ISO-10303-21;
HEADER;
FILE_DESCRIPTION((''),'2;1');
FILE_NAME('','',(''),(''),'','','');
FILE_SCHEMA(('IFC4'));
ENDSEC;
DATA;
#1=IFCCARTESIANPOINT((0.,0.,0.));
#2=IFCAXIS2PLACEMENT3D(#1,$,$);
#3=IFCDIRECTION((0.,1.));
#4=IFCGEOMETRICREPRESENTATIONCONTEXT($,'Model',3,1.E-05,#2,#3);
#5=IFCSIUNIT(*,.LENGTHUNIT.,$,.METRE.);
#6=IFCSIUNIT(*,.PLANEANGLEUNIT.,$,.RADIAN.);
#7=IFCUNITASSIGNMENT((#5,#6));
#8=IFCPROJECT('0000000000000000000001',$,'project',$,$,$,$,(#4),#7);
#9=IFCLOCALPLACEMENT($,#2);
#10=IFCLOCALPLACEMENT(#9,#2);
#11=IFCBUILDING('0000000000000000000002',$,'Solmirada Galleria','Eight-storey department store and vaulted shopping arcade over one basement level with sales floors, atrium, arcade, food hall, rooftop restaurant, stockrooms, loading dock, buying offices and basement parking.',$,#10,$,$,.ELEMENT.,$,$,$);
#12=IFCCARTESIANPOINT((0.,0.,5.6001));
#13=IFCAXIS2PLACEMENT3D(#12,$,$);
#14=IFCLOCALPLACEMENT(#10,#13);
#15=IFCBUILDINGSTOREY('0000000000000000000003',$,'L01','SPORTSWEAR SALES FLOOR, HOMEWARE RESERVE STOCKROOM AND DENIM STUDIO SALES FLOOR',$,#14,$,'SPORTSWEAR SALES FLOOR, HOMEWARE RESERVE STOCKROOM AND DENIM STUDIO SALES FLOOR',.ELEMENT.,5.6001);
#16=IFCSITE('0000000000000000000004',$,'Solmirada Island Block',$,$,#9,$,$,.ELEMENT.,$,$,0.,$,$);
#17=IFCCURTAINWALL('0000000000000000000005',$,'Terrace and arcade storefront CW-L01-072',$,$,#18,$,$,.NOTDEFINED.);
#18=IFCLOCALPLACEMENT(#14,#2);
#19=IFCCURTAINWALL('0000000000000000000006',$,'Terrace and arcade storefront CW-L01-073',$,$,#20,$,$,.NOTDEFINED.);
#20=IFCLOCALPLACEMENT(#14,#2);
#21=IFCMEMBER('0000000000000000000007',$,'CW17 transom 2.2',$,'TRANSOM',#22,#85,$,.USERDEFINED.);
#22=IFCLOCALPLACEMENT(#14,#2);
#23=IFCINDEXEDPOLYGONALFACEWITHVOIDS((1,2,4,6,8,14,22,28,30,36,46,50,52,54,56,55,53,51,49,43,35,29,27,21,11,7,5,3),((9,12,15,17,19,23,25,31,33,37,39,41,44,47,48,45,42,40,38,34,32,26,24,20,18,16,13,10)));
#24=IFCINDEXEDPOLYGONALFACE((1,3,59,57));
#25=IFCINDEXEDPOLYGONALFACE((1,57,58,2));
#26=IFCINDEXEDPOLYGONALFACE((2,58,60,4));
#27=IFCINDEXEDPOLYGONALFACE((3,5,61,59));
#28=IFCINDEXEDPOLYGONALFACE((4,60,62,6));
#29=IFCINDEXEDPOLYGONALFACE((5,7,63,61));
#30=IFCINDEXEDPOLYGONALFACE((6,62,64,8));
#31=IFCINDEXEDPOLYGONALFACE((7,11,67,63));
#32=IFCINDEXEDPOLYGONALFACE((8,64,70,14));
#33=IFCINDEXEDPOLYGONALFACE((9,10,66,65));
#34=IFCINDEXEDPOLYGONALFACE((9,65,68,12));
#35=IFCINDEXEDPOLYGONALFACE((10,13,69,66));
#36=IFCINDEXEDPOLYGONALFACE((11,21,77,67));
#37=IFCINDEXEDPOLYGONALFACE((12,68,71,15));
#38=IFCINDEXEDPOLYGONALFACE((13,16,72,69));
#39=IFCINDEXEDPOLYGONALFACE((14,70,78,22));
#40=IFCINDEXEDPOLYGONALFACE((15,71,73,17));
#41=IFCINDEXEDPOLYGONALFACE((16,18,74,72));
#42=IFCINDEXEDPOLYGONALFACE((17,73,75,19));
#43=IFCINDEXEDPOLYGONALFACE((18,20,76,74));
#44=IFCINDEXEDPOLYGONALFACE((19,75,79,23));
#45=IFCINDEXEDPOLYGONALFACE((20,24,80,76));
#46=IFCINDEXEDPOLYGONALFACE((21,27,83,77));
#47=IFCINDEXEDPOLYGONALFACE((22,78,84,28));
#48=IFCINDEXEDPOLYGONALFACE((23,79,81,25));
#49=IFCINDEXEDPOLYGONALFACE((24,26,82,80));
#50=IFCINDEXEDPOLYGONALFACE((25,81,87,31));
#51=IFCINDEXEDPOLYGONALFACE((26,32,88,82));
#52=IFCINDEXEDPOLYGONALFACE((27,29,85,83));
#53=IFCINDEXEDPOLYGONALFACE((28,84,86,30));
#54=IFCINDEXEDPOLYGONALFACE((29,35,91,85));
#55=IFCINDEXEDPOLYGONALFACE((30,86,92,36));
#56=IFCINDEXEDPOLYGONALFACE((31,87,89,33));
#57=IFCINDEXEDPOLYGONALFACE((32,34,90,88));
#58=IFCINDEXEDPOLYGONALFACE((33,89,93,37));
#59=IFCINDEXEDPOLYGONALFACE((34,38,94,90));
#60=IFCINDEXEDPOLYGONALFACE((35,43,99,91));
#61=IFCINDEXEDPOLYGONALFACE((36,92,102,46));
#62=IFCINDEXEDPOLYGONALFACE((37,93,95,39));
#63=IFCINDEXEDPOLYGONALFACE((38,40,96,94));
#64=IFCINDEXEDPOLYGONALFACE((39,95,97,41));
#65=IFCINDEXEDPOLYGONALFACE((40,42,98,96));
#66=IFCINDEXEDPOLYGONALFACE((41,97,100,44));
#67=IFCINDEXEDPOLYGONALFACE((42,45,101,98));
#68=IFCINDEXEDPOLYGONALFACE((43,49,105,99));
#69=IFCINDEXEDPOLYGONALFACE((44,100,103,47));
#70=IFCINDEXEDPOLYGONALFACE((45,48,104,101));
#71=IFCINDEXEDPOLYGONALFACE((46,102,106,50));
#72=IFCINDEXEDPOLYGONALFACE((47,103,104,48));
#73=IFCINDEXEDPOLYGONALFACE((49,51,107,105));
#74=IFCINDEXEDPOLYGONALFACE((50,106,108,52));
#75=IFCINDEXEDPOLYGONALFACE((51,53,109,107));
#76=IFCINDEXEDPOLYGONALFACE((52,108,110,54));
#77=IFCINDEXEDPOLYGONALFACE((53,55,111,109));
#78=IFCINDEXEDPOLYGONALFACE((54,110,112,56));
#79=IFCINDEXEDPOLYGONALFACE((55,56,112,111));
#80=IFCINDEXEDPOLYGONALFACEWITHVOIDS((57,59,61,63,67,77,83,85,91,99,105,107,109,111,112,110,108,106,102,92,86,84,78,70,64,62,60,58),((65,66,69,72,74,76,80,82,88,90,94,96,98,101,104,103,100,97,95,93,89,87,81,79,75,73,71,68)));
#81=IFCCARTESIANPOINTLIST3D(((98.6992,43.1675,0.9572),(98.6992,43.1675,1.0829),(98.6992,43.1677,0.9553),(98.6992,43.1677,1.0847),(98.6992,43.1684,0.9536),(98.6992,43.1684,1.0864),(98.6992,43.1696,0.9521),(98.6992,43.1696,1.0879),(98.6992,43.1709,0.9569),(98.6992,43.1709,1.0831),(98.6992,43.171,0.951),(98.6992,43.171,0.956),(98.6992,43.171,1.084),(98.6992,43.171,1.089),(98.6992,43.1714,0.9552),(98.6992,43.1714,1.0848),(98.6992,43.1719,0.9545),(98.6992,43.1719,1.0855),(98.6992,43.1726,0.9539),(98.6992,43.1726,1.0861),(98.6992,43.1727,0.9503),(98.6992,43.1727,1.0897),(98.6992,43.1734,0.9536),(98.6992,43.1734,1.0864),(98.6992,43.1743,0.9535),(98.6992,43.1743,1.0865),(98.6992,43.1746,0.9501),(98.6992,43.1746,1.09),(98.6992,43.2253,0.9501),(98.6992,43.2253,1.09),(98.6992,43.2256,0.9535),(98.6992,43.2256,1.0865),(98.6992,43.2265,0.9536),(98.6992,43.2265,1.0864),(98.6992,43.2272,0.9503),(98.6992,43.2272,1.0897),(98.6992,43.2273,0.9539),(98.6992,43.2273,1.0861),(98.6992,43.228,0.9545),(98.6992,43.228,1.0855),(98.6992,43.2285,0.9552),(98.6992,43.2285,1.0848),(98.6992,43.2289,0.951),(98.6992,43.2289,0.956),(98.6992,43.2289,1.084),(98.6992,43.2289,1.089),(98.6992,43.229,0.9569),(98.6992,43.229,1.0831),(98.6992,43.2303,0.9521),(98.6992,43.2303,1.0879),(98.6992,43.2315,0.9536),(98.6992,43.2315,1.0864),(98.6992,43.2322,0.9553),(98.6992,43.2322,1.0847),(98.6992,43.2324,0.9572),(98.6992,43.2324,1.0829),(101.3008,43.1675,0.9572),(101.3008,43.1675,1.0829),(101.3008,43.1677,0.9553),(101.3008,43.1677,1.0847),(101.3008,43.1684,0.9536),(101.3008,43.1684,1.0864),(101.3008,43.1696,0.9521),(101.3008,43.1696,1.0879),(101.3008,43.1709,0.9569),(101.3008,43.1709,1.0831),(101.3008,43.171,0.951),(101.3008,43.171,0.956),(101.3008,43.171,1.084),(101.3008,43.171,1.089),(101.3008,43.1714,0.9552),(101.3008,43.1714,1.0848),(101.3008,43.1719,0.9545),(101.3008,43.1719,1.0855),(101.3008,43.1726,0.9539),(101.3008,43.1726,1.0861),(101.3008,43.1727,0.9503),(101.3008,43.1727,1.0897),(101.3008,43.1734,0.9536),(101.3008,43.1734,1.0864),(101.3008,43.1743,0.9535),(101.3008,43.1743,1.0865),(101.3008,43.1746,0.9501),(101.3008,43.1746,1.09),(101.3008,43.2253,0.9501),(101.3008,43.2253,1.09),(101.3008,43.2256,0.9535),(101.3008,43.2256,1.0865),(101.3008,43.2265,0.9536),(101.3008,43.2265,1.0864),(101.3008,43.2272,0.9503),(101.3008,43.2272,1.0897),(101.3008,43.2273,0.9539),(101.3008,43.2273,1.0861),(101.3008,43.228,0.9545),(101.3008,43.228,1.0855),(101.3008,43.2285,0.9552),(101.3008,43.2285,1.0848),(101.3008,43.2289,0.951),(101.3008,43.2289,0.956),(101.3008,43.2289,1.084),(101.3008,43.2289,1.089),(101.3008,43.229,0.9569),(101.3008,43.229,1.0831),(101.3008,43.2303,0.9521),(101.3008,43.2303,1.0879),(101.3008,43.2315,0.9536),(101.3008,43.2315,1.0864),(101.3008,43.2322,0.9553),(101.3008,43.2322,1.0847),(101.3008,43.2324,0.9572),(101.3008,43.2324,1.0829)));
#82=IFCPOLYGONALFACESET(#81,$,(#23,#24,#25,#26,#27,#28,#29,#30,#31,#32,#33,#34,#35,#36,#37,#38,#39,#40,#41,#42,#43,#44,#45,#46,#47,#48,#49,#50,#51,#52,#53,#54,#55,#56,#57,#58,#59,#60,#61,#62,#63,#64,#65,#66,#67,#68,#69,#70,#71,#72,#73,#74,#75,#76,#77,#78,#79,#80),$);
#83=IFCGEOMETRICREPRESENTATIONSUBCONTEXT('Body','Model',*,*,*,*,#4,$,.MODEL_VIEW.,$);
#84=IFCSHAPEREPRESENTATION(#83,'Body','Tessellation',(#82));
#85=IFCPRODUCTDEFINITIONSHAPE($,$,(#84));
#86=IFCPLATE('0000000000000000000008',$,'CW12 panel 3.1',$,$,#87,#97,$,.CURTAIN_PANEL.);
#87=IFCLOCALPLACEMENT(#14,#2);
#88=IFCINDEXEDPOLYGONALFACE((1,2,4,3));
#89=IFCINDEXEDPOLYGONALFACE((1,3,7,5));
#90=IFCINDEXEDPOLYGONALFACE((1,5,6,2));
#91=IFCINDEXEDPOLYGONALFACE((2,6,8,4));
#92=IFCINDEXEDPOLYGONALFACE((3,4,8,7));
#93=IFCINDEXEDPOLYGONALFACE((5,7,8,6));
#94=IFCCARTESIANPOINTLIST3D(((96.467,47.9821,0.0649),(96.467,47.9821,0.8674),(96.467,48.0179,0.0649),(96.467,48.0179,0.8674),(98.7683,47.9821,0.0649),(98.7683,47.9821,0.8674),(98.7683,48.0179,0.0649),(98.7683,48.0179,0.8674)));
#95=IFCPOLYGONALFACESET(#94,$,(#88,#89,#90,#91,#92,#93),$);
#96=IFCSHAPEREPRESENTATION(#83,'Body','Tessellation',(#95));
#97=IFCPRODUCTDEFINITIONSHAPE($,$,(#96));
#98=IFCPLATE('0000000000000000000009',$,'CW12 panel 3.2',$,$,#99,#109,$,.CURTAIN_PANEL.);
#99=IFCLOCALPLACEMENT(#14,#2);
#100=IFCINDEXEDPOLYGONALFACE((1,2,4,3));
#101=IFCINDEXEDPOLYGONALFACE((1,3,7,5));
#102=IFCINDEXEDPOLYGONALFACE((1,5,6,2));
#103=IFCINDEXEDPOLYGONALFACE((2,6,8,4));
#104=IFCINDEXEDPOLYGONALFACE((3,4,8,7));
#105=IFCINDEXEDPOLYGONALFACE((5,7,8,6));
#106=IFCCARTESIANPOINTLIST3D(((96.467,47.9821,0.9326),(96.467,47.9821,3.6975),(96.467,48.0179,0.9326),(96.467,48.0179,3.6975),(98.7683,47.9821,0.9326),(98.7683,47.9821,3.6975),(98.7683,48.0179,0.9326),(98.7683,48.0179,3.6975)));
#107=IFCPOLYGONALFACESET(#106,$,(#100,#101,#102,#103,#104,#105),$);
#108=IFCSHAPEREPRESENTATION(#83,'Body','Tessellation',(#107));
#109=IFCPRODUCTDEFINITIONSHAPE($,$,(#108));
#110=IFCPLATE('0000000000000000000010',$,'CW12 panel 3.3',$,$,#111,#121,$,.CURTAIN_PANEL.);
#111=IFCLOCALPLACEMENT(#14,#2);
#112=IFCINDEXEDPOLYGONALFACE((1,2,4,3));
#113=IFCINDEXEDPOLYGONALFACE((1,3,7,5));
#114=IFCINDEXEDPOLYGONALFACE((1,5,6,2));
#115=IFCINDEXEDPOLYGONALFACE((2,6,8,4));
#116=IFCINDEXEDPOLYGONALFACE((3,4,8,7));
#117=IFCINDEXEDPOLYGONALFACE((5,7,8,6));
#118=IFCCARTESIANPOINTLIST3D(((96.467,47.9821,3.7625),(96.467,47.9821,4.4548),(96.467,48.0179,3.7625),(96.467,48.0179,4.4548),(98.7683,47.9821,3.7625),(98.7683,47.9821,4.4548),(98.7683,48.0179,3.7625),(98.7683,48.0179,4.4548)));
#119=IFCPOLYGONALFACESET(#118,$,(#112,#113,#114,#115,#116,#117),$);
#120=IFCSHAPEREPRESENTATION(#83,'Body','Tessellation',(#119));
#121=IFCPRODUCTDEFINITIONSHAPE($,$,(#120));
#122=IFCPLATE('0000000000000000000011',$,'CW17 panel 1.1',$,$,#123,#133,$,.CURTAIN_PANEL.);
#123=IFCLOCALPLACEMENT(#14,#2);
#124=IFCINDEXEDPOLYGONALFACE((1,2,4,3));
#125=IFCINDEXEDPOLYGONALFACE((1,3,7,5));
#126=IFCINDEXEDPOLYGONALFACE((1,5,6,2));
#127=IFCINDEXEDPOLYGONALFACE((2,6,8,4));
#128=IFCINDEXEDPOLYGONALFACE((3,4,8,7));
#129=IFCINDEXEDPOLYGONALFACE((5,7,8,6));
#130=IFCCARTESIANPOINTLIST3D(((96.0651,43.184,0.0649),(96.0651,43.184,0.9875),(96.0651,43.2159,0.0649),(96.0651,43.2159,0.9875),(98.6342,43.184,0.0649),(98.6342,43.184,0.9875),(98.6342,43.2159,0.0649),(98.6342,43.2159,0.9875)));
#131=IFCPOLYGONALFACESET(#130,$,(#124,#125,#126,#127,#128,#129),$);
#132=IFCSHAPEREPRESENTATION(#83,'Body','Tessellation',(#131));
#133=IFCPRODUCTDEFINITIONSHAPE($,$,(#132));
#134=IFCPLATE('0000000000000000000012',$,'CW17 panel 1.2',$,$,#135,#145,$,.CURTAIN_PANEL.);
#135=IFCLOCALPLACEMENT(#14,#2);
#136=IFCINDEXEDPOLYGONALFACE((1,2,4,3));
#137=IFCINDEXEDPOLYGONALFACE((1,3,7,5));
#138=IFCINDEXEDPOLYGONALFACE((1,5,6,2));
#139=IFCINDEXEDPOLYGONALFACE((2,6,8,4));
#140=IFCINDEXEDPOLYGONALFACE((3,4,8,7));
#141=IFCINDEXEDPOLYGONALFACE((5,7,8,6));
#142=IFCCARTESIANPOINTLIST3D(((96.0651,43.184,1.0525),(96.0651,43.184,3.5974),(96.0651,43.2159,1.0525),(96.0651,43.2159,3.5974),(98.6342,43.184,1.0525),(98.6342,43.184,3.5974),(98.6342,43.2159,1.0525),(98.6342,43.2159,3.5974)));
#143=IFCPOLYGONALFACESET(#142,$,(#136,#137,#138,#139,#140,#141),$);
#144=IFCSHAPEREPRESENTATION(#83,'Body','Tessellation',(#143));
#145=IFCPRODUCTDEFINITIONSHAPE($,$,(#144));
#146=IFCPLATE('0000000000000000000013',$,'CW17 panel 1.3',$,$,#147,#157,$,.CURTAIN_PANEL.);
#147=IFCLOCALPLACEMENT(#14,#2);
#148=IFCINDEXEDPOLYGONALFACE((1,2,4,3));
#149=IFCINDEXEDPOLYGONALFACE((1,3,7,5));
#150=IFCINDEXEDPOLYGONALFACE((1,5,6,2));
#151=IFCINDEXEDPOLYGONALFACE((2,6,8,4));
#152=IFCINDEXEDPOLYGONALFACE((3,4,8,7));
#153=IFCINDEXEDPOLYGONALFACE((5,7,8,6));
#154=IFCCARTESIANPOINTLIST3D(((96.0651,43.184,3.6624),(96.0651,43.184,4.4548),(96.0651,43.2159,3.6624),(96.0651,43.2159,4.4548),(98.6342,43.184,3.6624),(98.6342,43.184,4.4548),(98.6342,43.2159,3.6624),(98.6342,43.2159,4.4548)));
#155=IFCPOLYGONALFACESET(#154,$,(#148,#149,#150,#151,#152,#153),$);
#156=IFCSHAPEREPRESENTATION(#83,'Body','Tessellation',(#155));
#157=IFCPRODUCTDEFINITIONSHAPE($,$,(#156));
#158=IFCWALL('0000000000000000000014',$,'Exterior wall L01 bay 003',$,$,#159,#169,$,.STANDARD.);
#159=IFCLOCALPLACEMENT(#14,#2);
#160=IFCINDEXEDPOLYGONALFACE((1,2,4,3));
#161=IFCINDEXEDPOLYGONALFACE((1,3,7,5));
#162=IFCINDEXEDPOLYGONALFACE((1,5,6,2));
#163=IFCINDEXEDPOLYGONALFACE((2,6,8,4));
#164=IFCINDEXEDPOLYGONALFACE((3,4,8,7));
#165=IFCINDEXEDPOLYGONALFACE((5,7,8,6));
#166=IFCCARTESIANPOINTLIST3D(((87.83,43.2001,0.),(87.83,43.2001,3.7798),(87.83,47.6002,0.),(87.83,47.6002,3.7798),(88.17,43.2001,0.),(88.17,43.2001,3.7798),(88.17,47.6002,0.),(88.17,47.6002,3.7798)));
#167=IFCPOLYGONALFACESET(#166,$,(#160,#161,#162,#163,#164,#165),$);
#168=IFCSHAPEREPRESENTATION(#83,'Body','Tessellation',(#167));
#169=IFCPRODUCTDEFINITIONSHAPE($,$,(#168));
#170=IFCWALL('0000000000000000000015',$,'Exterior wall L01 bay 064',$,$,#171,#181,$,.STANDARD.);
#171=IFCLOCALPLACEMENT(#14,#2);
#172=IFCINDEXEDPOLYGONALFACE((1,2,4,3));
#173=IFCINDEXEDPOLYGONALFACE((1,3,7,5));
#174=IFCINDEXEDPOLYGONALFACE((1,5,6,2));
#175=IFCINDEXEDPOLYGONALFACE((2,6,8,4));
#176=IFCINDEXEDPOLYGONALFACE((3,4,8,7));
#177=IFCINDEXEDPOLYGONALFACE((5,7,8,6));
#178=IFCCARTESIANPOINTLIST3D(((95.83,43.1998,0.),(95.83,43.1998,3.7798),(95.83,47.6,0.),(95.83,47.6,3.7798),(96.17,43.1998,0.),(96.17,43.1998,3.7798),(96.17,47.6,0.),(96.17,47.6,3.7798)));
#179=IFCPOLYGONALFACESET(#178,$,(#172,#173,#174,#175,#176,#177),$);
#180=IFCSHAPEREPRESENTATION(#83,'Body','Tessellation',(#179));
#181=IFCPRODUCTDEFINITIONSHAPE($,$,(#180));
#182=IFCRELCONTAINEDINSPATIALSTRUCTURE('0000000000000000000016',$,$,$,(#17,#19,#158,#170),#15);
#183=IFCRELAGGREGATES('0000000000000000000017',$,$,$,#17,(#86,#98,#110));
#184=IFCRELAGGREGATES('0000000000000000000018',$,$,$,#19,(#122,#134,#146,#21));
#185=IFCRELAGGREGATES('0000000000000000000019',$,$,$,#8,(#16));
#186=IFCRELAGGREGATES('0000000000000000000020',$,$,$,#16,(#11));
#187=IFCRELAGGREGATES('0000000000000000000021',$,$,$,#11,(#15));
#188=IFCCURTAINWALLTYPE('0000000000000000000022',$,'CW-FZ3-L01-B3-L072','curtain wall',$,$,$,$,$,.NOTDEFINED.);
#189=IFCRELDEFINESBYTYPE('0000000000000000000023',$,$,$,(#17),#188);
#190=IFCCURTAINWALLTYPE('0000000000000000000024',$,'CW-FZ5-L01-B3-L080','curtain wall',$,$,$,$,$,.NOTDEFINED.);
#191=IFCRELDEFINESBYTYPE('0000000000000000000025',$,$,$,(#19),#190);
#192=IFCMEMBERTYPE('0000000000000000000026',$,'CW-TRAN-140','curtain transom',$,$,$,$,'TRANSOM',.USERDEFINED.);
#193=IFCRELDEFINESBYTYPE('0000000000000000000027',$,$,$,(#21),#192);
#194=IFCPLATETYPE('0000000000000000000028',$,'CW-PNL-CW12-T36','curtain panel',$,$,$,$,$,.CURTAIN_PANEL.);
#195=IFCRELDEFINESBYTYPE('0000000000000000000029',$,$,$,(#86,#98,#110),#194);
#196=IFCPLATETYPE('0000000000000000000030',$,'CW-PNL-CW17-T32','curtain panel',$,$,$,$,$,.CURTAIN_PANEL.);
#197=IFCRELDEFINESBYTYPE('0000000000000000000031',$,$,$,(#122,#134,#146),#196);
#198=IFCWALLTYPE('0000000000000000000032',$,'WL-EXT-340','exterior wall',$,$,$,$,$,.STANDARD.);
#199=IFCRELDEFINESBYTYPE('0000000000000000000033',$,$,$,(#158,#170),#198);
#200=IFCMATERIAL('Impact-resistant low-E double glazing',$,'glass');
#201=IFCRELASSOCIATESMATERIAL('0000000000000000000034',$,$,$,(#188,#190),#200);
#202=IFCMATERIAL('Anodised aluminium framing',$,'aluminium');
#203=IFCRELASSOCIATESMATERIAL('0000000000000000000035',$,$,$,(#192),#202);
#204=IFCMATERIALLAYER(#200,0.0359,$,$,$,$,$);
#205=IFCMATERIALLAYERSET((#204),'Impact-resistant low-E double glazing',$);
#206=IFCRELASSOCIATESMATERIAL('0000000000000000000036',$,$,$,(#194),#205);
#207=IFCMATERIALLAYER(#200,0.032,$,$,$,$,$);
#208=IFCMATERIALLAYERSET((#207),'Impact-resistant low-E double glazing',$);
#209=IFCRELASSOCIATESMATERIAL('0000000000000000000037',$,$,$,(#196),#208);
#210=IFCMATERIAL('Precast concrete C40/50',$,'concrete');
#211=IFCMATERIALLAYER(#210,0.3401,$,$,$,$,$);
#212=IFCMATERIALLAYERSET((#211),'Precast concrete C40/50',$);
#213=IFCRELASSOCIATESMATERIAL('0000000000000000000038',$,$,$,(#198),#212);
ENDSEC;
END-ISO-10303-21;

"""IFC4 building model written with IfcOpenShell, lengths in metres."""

from ifc_helpers import new_model, si_unit, direction, frame, frame_2d, origin, origin_2d, place, context, subcontext, project, spatial, rectangle, hollow_rectangle, extrude, material, layer, layer_set, material_profile, profile_set, type_object, element, aggregate, save


model = new_model("IFC4")

# Units and contexts
model_context = context("Model", 3, precision=1e-05, world=origin(), true_north=direction((0.0, 1.0)))
body_context = subcontext(model_context, "Body", "Model", "MODEL_VIEW")
ifc_project = project(units=[si_unit("LENGTHUNIT", "METRE"), si_unit("PLANEANGLEUNIT", "RADIAN")], contexts=[model_context])

# Site, building, storey
site_placement = place(None, origin())
site = spatial("IfcSite", under=ifc_project, at=site_placement, Name="Solmirada Island Block", CompositionType="ELEMENT", RefElevation=0.0)
building_placement = place(site_placement, origin())
building = spatial("IfcBuilding", under=site, at=building_placement, Name="Solmirada Galleria", Description="Eight-storey department store and vaulted shopping arcade over one basement level with sales floors, atrium, arcade, food hall, rooftop restaurant, stockrooms, loading dock, buying offices and basement parking.", CompositionType="ELEMENT")
storey_placement = place(building_placement, frame((0.0, 0.0, 5.6001)))
storey = spatial("IfcBuildingStorey", under=building, at=storey_placement, Name="L01", Description="SPORTSWEAR SALES FLOOR, HOMEWARE RESERVE STOCKROOM AND DENIM STUDIO SALES FLOOR", LongName="SPORTSWEAR SALES FLOOR, HOMEWARE RESERVE STOCKROOM AND DENIM STUDIO SALES FLOOR", CompositionType="ELEMENT", Elevation=5.6001)

# Curtain wall
ifc_material_1 = material(Name="Impact-resistant low-E double glazing", Category="glass")
curtain_wall_type_1 = type_object("IfcCurtainWallType", Name="CW-FZ3-L01-B3-L072", Description="curtain wall", PredefinedType="NOTDEFINED", material=ifc_material_1)
curtain_wall_1_placement = place(storey_placement, origin())
curtain_wall_1 = element("IfcCurtainWall", 1, at=curtain_wall_1_placement, inside=storey, type_object=curtain_wall_type_1, Name="Terrace and arcade storefront CW-L01-072", PredefinedType="NOTDEFINED")
ifc_material_2 = material(Name="Anodised aluminium framing", Category="aluminium")

# Curtain wall, member
curtain_wall_type_2 = type_object("IfcCurtainWallType", Name="CW-FZ5-L01-B3-L080", Description="curtain wall", PredefinedType="NOTDEFINED", material=ifc_material_1)
curtain_wall_2_placement = place(storey_placement, origin())
curtain_wall_2 = element("IfcCurtainWall", 2, at=curtain_wall_2_placement, inside=storey, type_object=curtain_wall_type_2, Name="Terrace and arcade storefront CW-L01-073", PredefinedType="NOTDEFINED")
ifc_material_profile_1 = material_profile(ifc_material_2, hollow_rectangle(XDim=0.0649, YDim=0.1399, WallThickness=0.0034, InnerFilletRadius=0.0034, OuterFilletRadius=0.0071, at=origin_2d()), Name="ALU-TRAN-140X65")
ifc_profile_set_1 = profile_set([ifc_material_profile_1], Name="Anodised aluminium framing")
member_type_1 = type_object("IfcMemberType", Name="CW-TRAN-140", Description="curtain transom", ElementType="TRANSOM", PredefinedType="USERDEFINED", material=ifc_profile_set_1)
member_1_placement = place(storey_placement, frame((98.6992, 43.2, 1.02), z_axis=(1.0, 0.0, 0.0), x_axis=(0.0, 1.0, 0.0)))
member_1 = element("IfcMember", 3, at=member_1_placement, type_object=member_type_1, Name="CW17 transom 2.2", ObjectType="TRANSOM", PredefinedType="USERDEFINED", context=body_context, shape_type="SweptSolid", body=[
    extrude(hollow_rectangle(XDim=0.0649, YDim=0.1399, WallThickness=0.0034, InnerFilletRadius=0.0034, OuterFilletRadius=0.0071, at=origin_2d()), origin(), (0.0, 0.0, 1.0), 2.6016),
])

# Plates
ifc_layer_1 = layer(ifc_material_1, 0.0359)
ifc_layer_set_1 = layer_set([ifc_layer_1], Name="Impact-resistant low-E double glazing")
plate_type_1 = type_object("IfcPlateType", Name="CW-PNL-CW12-T36", Description="curtain panel", PredefinedType="CURTAIN_PANEL", material=ifc_layer_set_1)
plate_1_placement = place(storey_placement, frame((97.6177, 48.0, 0.0649), z_axis=(0.0, 0.0, 1.0), x_axis=(-1.0, 0.0, 0.0)))
plate_1 = element("IfcPlate", 4, at=plate_1_placement, type_object=plate_type_1, Name="CW12 panel 3.1", PredefinedType="CURTAIN_PANEL", context=body_context, shape_type="SweptSolid", body=[
    extrude(rectangle(XDim=2.3013, YDim=0.0359, at=origin_2d()), origin(), (0.0, 0.0, 1.0), 0.8025),
])
plate_2_placement = place(storey_placement, frame((97.6177, 48.0, 0.9326), z_axis=(0.0, 0.0, 1.0), x_axis=(-1.0, 0.0, 0.0)))
plate_2 = element("IfcPlate", 5, at=plate_2_placement, type_object=plate_type_1, Name="CW12 panel 3.2", PredefinedType="CURTAIN_PANEL", context=body_context, shape_type="SweptSolid", body=[
    extrude(rectangle(XDim=2.3013, YDim=0.0359, at=origin_2d()), origin(), (0.0, 0.0, 1.0), 2.7649),
])
plate_3_placement = place(storey_placement, frame((97.6177, 48.0, 3.7625), z_axis=(0.0, 0.0, 1.0), x_axis=(-1.0, 0.0, 0.0)))
plate_3 = element("IfcPlate", 6, at=plate_3_placement, type_object=plate_type_1, Name="CW12 panel 3.3", PredefinedType="CURTAIN_PANEL", context=body_context, shape_type="SweptSolid", body=[
    extrude(rectangle(XDim=2.3013, YDim=0.0359, at=origin_2d()), origin(), (0.0, 0.0, 1.0), 0.6924),
])
aggregate(curtain_wall_1, [plate_1, plate_2, plate_3])
ifc_layer_2 = layer(ifc_material_1, 0.032)
ifc_layer_set_2 = layer_set([ifc_layer_2], Name="Impact-resistant low-E double glazing")
plate_type_2 = type_object("IfcPlateType", Name="CW-PNL-CW17-T32", Description="curtain panel", PredefinedType="CURTAIN_PANEL", material=ifc_layer_set_2)
plate_4_placement = place(storey_placement, frame((97.3496, 43.2, 0.0649), z_axis=(0.0, 0.0, 1.0), x_axis=(1.0, 0.0, 0.0)))
plate_4 = element("IfcPlate", 7, at=plate_4_placement, type_object=plate_type_2, Name="CW17 panel 1.1", PredefinedType="CURTAIN_PANEL", context=body_context, shape_type="SweptSolid", body=[
    extrude(rectangle(XDim=2.5691, YDim=0.032, at=origin_2d()), origin(), (0.0, 0.0, 1.0), 0.9226),
])
plate_5_placement = place(storey_placement, frame((97.3496, 43.2, 1.0525), z_axis=(0.0, 0.0, 1.0), x_axis=(1.0, 0.0, 0.0)))
plate_5 = element("IfcPlate", 8, at=plate_5_placement, type_object=plate_type_2, Name="CW17 panel 1.2", PredefinedType="CURTAIN_PANEL", context=body_context, shape_type="SweptSolid", body=[
    extrude(rectangle(XDim=2.5691, YDim=0.032, at=origin_2d()), origin(), (0.0, 0.0, 1.0), 2.5449),
])
plate_6_placement = place(storey_placement, frame((97.3496, 43.2, 3.6624), z_axis=(0.0, 0.0, 1.0), x_axis=(1.0, 0.0, 0.0)))
plate_6 = element("IfcPlate", 9, at=plate_6_placement, type_object=plate_type_2, Name="CW17 panel 1.3", PredefinedType="CURTAIN_PANEL", context=body_context, shape_type="SweptSolid", body=[
    extrude(rectangle(XDim=2.5691, YDim=0.032, at=origin_2d()), origin(), (0.0, 0.0, 1.0), 0.7925),
])
aggregate(curtain_wall_2, [plate_4, plate_5, plate_6, member_1])

# Walls
ifc_material_3 = material(Name="Precast concrete C40/50", Category="concrete")
ifc_layer_3 = layer(ifc_material_3, 0.3401)
ifc_layer_set_3 = layer_set([ifc_layer_3], Name="Precast concrete C40/50")
wall_type_1 = type_object("IfcWallType", Name="WL-EXT-340", Description="exterior wall", PredefinedType="STANDARD", material=ifc_layer_set_3)
for number, where, z_axis, x_axis, name in (
    (10, (88.0, 43.2, 0.0), (0.0, 0.0, 1.0), (0.0, 1.0, 0.0), "Exterior wall L01 bay 003"),
    (11, (96.0, 47.6001, 0.0), (0.0, 0.0, 1.0), (0.0, -1.0, 0.0), "Exterior wall L01 bay 064"),
):
    element("IfcWall", number, at=place(storey_placement, frame(where, z_axis=z_axis, x_axis=x_axis)), inside=storey, type_object=wall_type_1, Name=name, PredefinedType="STANDARD", context=body_context, shape_type="SweptSolid", body=[
        extrude(rectangle(XDim=4.4001, YDim=0.3401, at=frame_2d((2.2002, 0.0))), origin(), (0.0, 0.0, 1.0), 3.7798),
    ])

save(model, "model.ifc")
